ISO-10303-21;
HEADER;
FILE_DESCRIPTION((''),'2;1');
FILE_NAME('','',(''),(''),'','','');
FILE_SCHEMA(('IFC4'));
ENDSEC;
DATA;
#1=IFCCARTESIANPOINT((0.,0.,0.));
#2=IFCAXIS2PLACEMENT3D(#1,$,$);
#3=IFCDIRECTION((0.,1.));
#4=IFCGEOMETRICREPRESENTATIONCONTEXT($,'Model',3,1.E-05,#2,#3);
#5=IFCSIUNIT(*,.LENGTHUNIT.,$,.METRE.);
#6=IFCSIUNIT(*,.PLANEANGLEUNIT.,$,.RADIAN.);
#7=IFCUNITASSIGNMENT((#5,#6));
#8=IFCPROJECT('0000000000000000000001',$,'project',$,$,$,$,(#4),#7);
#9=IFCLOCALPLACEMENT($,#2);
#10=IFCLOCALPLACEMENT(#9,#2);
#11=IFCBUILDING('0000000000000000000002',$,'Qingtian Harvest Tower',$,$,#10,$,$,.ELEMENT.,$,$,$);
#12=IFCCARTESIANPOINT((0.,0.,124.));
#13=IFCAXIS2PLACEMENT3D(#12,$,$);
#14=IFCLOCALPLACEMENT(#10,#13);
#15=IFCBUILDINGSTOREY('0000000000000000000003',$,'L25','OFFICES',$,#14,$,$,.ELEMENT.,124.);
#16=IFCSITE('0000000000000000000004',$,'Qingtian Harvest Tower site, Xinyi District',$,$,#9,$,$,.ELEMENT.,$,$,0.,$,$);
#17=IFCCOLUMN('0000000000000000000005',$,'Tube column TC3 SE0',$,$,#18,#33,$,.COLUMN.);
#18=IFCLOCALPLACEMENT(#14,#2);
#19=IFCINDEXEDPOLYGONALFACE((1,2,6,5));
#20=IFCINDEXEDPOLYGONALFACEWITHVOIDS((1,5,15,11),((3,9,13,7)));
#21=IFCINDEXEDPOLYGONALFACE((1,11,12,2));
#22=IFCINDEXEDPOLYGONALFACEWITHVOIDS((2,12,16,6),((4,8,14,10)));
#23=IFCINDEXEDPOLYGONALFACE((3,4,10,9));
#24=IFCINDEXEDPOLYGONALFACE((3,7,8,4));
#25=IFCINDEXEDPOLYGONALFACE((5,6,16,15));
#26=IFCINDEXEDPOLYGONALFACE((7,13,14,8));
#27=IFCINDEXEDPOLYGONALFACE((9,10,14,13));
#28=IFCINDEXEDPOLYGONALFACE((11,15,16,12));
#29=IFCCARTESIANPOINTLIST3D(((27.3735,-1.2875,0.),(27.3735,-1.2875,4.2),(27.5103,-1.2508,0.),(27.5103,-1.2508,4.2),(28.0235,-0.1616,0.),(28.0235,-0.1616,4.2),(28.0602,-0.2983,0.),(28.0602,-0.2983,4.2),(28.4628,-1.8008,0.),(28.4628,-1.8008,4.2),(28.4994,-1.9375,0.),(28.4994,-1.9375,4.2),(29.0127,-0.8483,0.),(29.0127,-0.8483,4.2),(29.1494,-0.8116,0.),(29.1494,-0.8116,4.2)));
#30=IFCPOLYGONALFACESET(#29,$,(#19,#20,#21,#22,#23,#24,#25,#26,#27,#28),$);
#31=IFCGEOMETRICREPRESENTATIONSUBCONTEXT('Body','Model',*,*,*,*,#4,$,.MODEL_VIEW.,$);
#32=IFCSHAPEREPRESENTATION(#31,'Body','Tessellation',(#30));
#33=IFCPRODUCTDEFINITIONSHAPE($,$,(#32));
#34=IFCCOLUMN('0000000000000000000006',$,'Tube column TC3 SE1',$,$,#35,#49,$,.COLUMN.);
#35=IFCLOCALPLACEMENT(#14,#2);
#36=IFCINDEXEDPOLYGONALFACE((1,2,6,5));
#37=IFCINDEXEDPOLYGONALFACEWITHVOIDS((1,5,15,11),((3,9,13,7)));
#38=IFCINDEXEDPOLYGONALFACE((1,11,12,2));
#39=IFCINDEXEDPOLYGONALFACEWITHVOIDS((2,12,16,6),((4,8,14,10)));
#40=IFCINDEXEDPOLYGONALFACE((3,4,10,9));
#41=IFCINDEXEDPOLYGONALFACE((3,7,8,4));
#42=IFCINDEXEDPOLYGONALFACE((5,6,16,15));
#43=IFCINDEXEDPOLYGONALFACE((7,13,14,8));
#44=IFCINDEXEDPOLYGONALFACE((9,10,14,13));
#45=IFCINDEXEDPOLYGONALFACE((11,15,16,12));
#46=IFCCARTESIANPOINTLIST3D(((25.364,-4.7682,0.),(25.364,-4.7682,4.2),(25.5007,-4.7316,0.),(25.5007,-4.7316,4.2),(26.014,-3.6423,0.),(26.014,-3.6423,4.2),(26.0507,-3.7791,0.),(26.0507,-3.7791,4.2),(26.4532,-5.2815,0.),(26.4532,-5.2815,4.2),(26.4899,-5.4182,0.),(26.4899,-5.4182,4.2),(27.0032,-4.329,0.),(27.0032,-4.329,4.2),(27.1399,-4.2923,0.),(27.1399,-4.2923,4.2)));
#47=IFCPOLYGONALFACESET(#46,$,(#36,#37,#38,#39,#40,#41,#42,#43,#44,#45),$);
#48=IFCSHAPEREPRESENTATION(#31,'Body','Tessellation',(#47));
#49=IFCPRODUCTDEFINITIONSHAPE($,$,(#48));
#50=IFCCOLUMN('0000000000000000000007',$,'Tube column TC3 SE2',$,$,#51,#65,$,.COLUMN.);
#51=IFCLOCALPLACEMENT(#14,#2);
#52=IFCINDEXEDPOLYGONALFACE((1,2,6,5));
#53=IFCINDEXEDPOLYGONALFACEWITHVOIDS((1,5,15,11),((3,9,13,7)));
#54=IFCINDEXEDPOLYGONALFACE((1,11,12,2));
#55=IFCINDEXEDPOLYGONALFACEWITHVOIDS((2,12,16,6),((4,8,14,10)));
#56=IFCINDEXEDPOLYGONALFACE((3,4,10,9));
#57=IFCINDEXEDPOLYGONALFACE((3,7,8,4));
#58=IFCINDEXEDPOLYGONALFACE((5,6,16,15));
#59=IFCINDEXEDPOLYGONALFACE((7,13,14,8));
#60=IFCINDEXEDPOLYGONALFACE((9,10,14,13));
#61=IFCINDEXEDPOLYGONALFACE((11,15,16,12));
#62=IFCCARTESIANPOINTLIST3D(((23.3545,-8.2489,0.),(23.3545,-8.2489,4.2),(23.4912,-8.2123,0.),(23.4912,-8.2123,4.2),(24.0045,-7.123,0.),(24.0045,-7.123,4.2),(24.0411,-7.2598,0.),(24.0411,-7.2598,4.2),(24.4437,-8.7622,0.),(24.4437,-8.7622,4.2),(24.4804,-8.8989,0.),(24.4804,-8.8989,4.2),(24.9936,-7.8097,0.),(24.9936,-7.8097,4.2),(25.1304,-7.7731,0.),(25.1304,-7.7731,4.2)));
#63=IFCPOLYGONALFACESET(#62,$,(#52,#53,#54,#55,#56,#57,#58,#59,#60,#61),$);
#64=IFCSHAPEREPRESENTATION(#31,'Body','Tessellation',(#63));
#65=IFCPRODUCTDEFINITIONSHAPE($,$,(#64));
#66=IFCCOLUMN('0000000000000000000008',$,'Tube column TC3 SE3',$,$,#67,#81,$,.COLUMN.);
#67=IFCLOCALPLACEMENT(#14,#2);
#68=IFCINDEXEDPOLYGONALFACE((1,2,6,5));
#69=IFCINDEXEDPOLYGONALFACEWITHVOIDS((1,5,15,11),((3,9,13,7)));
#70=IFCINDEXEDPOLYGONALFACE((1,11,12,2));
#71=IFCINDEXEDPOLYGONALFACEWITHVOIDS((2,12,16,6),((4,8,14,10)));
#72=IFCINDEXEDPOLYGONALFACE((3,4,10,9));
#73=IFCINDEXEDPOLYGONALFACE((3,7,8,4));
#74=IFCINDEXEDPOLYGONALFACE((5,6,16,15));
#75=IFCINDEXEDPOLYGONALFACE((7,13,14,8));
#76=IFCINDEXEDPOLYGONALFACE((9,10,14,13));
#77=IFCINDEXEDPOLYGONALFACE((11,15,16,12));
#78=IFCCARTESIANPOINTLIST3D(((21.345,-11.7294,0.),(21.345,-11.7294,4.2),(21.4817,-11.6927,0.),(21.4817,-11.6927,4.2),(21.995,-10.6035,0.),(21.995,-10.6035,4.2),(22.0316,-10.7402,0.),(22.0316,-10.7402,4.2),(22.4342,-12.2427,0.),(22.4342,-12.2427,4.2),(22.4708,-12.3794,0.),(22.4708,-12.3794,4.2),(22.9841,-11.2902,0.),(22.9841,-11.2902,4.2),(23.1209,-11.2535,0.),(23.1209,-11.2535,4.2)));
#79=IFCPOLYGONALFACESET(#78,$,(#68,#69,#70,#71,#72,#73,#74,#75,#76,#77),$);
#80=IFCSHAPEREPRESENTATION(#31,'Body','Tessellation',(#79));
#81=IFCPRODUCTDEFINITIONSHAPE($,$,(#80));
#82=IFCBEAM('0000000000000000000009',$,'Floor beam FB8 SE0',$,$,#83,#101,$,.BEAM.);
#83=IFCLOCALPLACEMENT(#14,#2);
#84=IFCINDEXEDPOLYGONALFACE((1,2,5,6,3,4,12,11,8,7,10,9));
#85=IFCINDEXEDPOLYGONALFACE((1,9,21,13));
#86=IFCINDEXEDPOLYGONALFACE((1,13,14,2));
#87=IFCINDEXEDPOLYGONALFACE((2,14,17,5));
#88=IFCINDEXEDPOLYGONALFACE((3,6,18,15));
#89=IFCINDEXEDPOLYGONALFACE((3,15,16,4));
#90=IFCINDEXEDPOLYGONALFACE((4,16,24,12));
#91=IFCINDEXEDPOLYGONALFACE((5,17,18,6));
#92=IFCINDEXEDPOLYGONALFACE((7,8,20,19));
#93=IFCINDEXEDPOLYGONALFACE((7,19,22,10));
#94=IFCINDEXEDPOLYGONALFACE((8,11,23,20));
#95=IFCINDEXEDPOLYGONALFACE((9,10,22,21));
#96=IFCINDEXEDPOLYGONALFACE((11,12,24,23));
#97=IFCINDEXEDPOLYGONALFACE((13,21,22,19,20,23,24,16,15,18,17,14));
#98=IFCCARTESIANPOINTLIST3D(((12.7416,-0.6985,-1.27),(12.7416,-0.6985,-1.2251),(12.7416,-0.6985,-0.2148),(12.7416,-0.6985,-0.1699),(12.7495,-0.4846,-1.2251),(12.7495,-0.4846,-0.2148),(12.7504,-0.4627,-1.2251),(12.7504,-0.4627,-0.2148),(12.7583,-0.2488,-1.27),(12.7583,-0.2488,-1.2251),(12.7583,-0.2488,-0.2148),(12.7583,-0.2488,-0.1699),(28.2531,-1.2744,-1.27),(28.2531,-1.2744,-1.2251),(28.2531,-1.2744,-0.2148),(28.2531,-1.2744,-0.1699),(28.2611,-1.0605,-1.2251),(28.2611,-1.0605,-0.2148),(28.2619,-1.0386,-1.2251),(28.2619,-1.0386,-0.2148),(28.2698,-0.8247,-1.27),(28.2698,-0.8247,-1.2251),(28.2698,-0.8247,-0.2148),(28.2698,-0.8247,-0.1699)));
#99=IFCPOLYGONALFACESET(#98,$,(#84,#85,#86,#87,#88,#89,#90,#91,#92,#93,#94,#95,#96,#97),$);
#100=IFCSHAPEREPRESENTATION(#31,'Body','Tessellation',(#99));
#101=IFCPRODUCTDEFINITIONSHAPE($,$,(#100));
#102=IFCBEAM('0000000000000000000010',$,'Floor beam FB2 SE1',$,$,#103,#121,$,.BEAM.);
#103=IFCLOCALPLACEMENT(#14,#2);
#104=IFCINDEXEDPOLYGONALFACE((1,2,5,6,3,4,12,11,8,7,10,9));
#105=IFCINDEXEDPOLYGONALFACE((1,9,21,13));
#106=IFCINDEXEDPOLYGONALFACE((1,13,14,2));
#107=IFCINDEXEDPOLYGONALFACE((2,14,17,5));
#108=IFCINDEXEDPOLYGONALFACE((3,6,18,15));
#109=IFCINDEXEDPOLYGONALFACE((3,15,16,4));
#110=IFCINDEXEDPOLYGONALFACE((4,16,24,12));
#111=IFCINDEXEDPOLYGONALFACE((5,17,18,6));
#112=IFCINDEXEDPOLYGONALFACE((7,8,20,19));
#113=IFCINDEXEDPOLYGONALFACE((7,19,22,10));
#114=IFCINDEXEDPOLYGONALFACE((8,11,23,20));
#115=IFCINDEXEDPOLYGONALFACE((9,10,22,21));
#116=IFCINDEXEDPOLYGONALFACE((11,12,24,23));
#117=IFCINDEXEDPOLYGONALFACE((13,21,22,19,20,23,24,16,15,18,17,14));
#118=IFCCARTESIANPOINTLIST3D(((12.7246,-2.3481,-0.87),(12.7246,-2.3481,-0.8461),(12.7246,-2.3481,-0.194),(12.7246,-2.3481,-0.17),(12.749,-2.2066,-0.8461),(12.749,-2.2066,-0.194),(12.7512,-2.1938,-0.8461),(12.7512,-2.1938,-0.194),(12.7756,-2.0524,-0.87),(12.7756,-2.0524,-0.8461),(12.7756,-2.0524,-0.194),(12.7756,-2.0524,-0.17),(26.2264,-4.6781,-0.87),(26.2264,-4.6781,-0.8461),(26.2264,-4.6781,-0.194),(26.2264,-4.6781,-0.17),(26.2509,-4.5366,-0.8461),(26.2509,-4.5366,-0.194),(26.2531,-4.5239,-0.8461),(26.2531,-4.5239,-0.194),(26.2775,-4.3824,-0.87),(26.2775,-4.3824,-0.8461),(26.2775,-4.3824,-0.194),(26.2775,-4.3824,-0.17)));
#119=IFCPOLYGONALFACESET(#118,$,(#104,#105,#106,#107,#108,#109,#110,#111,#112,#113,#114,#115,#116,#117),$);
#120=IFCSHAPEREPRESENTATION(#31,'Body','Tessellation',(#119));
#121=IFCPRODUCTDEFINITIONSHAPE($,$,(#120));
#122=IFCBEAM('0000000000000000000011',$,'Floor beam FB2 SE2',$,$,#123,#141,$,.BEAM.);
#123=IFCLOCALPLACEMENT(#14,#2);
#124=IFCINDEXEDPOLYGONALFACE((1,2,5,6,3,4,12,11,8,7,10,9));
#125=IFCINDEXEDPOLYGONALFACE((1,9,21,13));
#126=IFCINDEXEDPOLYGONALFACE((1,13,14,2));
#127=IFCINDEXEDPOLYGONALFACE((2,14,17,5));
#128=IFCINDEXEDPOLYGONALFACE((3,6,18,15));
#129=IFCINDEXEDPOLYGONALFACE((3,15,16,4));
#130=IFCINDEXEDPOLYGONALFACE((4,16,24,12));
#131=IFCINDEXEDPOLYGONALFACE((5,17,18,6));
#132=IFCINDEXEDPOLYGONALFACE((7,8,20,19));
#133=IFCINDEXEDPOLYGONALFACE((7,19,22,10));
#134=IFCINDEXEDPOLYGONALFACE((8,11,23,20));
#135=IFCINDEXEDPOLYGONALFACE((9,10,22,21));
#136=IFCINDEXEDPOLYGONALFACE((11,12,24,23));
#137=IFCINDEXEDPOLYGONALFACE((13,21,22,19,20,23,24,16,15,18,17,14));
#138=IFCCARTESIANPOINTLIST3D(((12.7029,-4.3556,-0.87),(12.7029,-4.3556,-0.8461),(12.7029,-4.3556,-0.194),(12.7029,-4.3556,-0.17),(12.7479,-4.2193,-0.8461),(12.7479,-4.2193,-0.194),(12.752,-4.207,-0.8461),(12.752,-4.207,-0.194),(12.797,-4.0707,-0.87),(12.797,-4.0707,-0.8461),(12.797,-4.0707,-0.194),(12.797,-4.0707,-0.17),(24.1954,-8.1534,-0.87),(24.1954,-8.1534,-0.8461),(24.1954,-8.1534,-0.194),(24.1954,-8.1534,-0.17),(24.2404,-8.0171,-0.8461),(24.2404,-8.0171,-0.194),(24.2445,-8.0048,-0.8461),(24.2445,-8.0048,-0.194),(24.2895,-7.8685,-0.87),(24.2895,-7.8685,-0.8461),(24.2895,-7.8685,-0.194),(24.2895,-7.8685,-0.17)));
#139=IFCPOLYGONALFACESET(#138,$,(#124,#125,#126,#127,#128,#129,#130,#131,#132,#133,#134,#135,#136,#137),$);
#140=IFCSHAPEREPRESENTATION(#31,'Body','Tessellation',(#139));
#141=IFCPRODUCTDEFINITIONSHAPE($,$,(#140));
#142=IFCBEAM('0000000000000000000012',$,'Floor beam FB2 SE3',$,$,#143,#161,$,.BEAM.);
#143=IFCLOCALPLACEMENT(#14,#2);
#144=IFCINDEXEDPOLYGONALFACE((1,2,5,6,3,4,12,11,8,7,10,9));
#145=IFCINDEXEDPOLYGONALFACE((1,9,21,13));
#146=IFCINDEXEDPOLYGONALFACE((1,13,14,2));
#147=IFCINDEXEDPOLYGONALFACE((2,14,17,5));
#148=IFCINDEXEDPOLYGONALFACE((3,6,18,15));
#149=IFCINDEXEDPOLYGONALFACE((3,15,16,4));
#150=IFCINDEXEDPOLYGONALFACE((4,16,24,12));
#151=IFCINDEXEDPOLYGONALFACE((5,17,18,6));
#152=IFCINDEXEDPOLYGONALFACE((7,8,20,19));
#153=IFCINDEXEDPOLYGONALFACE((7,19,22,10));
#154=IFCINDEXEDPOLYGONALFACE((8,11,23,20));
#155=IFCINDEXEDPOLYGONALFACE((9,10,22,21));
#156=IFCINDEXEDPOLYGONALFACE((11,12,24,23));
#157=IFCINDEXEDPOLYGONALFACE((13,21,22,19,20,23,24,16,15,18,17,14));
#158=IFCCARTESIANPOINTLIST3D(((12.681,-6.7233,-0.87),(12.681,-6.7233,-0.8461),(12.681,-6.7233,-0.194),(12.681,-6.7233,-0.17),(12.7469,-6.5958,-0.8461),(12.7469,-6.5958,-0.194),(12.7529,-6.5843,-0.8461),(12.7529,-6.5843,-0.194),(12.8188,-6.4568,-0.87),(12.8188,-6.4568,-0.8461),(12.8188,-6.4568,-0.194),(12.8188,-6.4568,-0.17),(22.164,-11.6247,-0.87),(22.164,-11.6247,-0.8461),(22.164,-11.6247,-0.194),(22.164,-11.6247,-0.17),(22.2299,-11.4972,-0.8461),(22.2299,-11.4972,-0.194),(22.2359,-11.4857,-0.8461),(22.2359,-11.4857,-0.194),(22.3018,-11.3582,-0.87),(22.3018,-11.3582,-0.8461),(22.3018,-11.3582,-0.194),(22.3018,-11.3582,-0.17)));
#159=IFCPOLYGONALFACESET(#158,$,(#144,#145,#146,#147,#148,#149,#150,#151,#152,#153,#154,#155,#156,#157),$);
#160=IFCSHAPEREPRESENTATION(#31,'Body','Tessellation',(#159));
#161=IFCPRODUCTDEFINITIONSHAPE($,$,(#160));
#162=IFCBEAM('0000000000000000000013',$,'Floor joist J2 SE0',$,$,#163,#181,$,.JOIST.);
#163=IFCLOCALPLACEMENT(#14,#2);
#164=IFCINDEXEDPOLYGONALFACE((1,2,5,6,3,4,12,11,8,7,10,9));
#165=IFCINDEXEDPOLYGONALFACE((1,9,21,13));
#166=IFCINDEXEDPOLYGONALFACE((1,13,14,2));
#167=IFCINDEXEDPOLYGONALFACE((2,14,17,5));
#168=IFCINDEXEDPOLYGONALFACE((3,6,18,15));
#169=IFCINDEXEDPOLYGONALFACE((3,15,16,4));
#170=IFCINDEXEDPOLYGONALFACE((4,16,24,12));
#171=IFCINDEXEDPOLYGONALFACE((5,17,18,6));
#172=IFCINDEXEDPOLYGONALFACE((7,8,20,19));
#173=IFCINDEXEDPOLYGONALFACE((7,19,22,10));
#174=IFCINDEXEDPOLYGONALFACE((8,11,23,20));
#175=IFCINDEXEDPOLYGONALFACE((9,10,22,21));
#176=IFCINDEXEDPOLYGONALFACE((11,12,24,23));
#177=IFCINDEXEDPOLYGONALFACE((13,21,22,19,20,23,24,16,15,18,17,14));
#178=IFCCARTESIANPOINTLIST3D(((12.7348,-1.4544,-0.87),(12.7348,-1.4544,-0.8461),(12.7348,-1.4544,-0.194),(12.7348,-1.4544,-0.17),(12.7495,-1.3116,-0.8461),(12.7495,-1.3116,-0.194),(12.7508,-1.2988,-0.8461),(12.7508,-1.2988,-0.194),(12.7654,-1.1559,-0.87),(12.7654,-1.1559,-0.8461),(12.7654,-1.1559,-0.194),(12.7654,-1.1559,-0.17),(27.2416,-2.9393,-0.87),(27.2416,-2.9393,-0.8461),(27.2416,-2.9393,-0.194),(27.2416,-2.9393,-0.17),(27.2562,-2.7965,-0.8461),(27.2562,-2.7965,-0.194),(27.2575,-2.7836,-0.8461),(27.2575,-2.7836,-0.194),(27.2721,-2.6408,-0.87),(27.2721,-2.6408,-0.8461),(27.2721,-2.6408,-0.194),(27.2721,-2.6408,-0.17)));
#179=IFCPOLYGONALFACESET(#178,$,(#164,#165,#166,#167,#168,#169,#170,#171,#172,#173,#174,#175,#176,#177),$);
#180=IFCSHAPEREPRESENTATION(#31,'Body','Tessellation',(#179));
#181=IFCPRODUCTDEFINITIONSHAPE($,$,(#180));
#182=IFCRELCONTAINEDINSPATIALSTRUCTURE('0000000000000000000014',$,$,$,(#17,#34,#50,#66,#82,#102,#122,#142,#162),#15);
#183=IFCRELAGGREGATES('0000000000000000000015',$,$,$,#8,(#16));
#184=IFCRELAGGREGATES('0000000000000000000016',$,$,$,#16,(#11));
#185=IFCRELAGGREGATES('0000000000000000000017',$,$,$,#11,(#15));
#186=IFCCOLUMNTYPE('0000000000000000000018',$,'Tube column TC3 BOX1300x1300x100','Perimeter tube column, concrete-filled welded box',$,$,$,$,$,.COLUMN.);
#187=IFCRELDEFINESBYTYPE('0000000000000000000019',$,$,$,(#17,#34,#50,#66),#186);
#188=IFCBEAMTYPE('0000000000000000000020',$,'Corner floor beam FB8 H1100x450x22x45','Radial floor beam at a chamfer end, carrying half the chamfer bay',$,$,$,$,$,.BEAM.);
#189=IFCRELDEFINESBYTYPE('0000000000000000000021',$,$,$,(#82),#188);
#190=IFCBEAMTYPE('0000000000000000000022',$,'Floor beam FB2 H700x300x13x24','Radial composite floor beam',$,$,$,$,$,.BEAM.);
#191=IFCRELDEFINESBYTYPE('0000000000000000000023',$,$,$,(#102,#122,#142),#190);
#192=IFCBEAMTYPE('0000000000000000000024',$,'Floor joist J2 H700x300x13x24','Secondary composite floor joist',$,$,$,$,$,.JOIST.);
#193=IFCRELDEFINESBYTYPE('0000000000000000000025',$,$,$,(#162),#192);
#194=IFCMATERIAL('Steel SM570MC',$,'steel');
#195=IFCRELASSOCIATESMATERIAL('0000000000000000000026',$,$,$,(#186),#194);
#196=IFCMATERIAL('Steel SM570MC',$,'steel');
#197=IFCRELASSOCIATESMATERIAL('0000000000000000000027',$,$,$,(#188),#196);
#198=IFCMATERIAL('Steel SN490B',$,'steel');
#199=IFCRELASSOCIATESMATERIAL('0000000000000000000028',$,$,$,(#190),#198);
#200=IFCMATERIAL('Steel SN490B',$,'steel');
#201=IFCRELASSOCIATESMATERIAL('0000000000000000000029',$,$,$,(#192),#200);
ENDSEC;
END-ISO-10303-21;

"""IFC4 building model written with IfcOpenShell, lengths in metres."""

from ifc_helpers import new_model, si_unit, direction, frame, origin, origin_2d, place, context, subcontext, project, spatial, hollow_rectangle, i_section, extrude, material, material_profile, profile_set, type_object, element, save


model = new_model("IFC4")

# Units and contexts
model_context = context("Model", 3, precision=1e-05, world=origin(), true_north=direction((0.0, 1.0)))
body_context = subcontext(model_context, "Body", "Model", "MODEL_VIEW")
ifc_project = project(units=[si_unit("LENGTHUNIT", "METRE"), si_unit("PLANEANGLEUNIT", "RADIAN")], contexts=[model_context])

# Site, building, storey
site_placement = place(None, origin())
site = spatial("IfcSite", under=ifc_project, at=site_placement, Name="Qingtian Harvest Tower site, Xinyi District", CompositionType="ELEMENT", RefElevation=0.0)
building_placement = place(site_placement, origin())
building = spatial("IfcBuilding", under=site, at=building_placement, Name="Qingtian Harvest Tower", CompositionType="ELEMENT")
storey_placement = place(building_placement, frame((0.0, 0.0, 124.0)))
storey = spatial("IfcBuildingStorey", under=building, at=storey_placement, Name="L25", Description="OFFICES", CompositionType="ELEMENT", Elevation=124.0)

# Columns
ifc_material_1 = material(Name="Steel SM570MC", Category="steel")
ifc_material_profile_1 = material_profile(ifc_material_1, hollow_rectangle(XDim=1.3, YDim=1.3, WallThickness=0.1001, at=origin_2d()), Name="BOX1300x1300x100")
ifc_profile_set_1 = profile_set([ifc_material_profile_1], Name="Steel SM570MC")
column_type = type_object("IfcColumnType", Name="Tube column TC3 BOX1300x1300x100", Description="Perimeter tube column, concrete-filled welded box", PredefinedType="COLUMN", material=ifc_profile_set_1)
for number, where, z_axis, x_axis, name in (
    (1, (28.2615, -1.0496, 0.0), (0.0, 0.0, 1.0), (0.5, 0.866025, 0.0), "Tube column TC3 SE0"),
    (2, (26.252, -4.5303, 0.0), (0.0, 0.0, 1.0), (0.5, 0.866025, 0.0), "Tube column TC3 SE1"),
    (3, (24.2424, -8.011, 0.0), (0.0, 0.0, 1.0), (0.5, 0.866025, 0.0), "Tube column TC3 SE2"),
    (4, (22.2329, -11.4915, 0.0), (0.0, 0.0, 1.0), (0.5, 0.866025, 0.0), "Tube column TC3 SE3"),
):
    element("IfcColumn", number, at=place(storey_placement, frame(where, z_axis=z_axis, x_axis=x_axis)), inside=storey, type_object=column_type, Name=name, PredefinedType="COLUMN", context=body_context, shape_type="SweptSolid", body=[
        extrude(hollow_rectangle(XDim=1.3, YDim=1.3, WallThickness=0.1001, at=origin_2d()), origin(), (0.0, 0.0, 1.0), 4.2),
    ])

# Beams
ifc_material_2 = material(Name="Steel SM570MC", Category="steel")
ifc_material_profile_2 = material_profile(ifc_material_2, i_section(OverallWidth=0.45, OverallDepth=1.1001, WebThickness=0.022, FlangeThickness=0.0449, at=origin_2d()), Name="H1100x450x22x45")
ifc_profile_set_2 = profile_set([ifc_material_profile_2], Name="Steel SM570MC")
beam_type_1 = type_object("IfcBeamType", Name="Corner floor beam FB8 H1100x450x22x45", Description="Radial floor beam at a chamfer end, carrying half the chamfer bay", PredefinedType="BEAM", material=ifc_profile_set_2)
beam_1_placement = place(storey_placement, frame((28.2615, -1.0496, -0.72), z_axis=(-0.999311, 0.037104, 0.0), x_axis=(-0.037104, -0.999311, 0.0)))
element("IfcBeam", 5, at=beam_1_placement, inside=storey, type_object=beam_type_1, Name="Floor beam FB8 SE0", PredefinedType="BEAM", context=body_context, shape_type="SweptSolid", body=[
    extrude(i_section(OverallWidth=0.45, OverallDepth=1.1001, WebThickness=0.022, FlangeThickness=0.0449, at=origin_2d()), origin(), (0.0, 0.0, 1.0), 15.5222),
])
ifc_material_3 = material(Name="Steel SN490B", Category="steel")
ifc_material_profile_3 = material_profile(ifc_material_3, i_section(OverallWidth=0.3, OverallDepth=0.7, WebThickness=0.0129, FlangeThickness=0.0239, at=origin_2d()), Name="H700x300x13x24")
ifc_profile_set_3 = profile_set([ifc_material_profile_3], Name="Steel SN490B")
beam_type_2 = type_object("IfcBeamType", Name="Floor beam FB2 H700x300x13x24", Description="Radial composite floor beam", PredefinedType="BEAM", material=ifc_profile_set_3)
beam_2_placement = place(storey_placement, frame((26.252, -4.5303, -0.52), z_axis=(-0.985434, 0.17006, 0.0), x_axis=(-0.17006, -0.985434, 0.0)))
element("IfcBeam", 6, at=beam_2_placement, inside=storey, type_object=beam_type_2, Name="Floor beam FB2 SE1", PredefinedType="BEAM", context=body_context, shape_type="SweptSolid", body=[
    extrude(i_section(OverallWidth=0.3, OverallDepth=0.7, WebThickness=0.0129, FlangeThickness=0.0239, at=origin_2d()), origin(), (0.0, 0.0, 1.0), 13.7014),
])
beam_3_placement = place(storey_placement, frame((24.2424, -8.011, -0.52), z_axis=(-0.949497, 0.313776, 0.0), x_axis=(-0.313776, -0.949497, 0.0)))
element("IfcBeam", 7, at=beam_3_placement, inside=storey, type_object=beam_type_2, Name="Floor beam FB2 SE2", PredefinedType="BEAM", context=body_context, shape_type="SweptSolid", body=[
    extrude(i_section(OverallWidth=0.3, OverallDepth=0.7, WebThickness=0.0129, FlangeThickness=0.0239, at=origin_2d()), origin(), (0.0, 0.0, 1.0), 12.1038),
])
beam_4_placement = place(storey_placement, frame((22.2329, -11.4915, -0.52), z_axis=(-0.888355, 0.459158, 0.0), x_axis=(-0.459158, -0.888355, 0.0)))
element("IfcBeam", 8, at=beam_4_placement, inside=storey, type_object=beam_type_2, Name="Floor beam FB2 SE3", PredefinedType="BEAM", context=body_context, shape_type="SweptSolid", body=[
    extrude(i_section(OverallWidth=0.3, OverallDepth=0.7, WebThickness=0.0129, FlangeThickness=0.0239, at=origin_2d()), origin(), (0.0, 0.0, 1.0), 10.6748),
])
ifc_material_4 = material(Name="Steel SN490B", Category="steel")
ifc_material_profile_4 = material_profile(ifc_material_4, i_section(OverallWidth=0.3, OverallDepth=0.7, WebThickness=0.0129, FlangeThickness=0.0239, at=origin_2d()), Name="H700x300x13x24")
ifc_profile_set_4 = profile_set([ifc_material_profile_4], Name="Steel SN490B")
beam_type_3 = type_object("IfcBeamType", Name="Floor joist J2 H700x300x13x24", Description="Secondary composite floor joist", PredefinedType="JOIST", material=ifc_profile_set_4)
beam_5_placement = place(storey_placement, frame((27.2568, -2.79, -0.52), z_axis=(-0.994802, 0.101824, 0.0), x_axis=(-0.101824, -0.994802, 0.0)))
element("IfcBeam", 9, at=beam_5_placement, inside=storey, type_object=beam_type_3, Name="Floor joist J2 SE0", PredefinedType="JOIST", context=body_context, shape_type="SweptSolid", body=[
    extrude(i_section(OverallWidth=0.3, OverallDepth=0.7, WebThickness=0.0129, FlangeThickness=0.0239, at=origin_2d()), origin(), (0.0, 0.0, 1.0), 14.5825),
])

save(model, "model.ifc")
